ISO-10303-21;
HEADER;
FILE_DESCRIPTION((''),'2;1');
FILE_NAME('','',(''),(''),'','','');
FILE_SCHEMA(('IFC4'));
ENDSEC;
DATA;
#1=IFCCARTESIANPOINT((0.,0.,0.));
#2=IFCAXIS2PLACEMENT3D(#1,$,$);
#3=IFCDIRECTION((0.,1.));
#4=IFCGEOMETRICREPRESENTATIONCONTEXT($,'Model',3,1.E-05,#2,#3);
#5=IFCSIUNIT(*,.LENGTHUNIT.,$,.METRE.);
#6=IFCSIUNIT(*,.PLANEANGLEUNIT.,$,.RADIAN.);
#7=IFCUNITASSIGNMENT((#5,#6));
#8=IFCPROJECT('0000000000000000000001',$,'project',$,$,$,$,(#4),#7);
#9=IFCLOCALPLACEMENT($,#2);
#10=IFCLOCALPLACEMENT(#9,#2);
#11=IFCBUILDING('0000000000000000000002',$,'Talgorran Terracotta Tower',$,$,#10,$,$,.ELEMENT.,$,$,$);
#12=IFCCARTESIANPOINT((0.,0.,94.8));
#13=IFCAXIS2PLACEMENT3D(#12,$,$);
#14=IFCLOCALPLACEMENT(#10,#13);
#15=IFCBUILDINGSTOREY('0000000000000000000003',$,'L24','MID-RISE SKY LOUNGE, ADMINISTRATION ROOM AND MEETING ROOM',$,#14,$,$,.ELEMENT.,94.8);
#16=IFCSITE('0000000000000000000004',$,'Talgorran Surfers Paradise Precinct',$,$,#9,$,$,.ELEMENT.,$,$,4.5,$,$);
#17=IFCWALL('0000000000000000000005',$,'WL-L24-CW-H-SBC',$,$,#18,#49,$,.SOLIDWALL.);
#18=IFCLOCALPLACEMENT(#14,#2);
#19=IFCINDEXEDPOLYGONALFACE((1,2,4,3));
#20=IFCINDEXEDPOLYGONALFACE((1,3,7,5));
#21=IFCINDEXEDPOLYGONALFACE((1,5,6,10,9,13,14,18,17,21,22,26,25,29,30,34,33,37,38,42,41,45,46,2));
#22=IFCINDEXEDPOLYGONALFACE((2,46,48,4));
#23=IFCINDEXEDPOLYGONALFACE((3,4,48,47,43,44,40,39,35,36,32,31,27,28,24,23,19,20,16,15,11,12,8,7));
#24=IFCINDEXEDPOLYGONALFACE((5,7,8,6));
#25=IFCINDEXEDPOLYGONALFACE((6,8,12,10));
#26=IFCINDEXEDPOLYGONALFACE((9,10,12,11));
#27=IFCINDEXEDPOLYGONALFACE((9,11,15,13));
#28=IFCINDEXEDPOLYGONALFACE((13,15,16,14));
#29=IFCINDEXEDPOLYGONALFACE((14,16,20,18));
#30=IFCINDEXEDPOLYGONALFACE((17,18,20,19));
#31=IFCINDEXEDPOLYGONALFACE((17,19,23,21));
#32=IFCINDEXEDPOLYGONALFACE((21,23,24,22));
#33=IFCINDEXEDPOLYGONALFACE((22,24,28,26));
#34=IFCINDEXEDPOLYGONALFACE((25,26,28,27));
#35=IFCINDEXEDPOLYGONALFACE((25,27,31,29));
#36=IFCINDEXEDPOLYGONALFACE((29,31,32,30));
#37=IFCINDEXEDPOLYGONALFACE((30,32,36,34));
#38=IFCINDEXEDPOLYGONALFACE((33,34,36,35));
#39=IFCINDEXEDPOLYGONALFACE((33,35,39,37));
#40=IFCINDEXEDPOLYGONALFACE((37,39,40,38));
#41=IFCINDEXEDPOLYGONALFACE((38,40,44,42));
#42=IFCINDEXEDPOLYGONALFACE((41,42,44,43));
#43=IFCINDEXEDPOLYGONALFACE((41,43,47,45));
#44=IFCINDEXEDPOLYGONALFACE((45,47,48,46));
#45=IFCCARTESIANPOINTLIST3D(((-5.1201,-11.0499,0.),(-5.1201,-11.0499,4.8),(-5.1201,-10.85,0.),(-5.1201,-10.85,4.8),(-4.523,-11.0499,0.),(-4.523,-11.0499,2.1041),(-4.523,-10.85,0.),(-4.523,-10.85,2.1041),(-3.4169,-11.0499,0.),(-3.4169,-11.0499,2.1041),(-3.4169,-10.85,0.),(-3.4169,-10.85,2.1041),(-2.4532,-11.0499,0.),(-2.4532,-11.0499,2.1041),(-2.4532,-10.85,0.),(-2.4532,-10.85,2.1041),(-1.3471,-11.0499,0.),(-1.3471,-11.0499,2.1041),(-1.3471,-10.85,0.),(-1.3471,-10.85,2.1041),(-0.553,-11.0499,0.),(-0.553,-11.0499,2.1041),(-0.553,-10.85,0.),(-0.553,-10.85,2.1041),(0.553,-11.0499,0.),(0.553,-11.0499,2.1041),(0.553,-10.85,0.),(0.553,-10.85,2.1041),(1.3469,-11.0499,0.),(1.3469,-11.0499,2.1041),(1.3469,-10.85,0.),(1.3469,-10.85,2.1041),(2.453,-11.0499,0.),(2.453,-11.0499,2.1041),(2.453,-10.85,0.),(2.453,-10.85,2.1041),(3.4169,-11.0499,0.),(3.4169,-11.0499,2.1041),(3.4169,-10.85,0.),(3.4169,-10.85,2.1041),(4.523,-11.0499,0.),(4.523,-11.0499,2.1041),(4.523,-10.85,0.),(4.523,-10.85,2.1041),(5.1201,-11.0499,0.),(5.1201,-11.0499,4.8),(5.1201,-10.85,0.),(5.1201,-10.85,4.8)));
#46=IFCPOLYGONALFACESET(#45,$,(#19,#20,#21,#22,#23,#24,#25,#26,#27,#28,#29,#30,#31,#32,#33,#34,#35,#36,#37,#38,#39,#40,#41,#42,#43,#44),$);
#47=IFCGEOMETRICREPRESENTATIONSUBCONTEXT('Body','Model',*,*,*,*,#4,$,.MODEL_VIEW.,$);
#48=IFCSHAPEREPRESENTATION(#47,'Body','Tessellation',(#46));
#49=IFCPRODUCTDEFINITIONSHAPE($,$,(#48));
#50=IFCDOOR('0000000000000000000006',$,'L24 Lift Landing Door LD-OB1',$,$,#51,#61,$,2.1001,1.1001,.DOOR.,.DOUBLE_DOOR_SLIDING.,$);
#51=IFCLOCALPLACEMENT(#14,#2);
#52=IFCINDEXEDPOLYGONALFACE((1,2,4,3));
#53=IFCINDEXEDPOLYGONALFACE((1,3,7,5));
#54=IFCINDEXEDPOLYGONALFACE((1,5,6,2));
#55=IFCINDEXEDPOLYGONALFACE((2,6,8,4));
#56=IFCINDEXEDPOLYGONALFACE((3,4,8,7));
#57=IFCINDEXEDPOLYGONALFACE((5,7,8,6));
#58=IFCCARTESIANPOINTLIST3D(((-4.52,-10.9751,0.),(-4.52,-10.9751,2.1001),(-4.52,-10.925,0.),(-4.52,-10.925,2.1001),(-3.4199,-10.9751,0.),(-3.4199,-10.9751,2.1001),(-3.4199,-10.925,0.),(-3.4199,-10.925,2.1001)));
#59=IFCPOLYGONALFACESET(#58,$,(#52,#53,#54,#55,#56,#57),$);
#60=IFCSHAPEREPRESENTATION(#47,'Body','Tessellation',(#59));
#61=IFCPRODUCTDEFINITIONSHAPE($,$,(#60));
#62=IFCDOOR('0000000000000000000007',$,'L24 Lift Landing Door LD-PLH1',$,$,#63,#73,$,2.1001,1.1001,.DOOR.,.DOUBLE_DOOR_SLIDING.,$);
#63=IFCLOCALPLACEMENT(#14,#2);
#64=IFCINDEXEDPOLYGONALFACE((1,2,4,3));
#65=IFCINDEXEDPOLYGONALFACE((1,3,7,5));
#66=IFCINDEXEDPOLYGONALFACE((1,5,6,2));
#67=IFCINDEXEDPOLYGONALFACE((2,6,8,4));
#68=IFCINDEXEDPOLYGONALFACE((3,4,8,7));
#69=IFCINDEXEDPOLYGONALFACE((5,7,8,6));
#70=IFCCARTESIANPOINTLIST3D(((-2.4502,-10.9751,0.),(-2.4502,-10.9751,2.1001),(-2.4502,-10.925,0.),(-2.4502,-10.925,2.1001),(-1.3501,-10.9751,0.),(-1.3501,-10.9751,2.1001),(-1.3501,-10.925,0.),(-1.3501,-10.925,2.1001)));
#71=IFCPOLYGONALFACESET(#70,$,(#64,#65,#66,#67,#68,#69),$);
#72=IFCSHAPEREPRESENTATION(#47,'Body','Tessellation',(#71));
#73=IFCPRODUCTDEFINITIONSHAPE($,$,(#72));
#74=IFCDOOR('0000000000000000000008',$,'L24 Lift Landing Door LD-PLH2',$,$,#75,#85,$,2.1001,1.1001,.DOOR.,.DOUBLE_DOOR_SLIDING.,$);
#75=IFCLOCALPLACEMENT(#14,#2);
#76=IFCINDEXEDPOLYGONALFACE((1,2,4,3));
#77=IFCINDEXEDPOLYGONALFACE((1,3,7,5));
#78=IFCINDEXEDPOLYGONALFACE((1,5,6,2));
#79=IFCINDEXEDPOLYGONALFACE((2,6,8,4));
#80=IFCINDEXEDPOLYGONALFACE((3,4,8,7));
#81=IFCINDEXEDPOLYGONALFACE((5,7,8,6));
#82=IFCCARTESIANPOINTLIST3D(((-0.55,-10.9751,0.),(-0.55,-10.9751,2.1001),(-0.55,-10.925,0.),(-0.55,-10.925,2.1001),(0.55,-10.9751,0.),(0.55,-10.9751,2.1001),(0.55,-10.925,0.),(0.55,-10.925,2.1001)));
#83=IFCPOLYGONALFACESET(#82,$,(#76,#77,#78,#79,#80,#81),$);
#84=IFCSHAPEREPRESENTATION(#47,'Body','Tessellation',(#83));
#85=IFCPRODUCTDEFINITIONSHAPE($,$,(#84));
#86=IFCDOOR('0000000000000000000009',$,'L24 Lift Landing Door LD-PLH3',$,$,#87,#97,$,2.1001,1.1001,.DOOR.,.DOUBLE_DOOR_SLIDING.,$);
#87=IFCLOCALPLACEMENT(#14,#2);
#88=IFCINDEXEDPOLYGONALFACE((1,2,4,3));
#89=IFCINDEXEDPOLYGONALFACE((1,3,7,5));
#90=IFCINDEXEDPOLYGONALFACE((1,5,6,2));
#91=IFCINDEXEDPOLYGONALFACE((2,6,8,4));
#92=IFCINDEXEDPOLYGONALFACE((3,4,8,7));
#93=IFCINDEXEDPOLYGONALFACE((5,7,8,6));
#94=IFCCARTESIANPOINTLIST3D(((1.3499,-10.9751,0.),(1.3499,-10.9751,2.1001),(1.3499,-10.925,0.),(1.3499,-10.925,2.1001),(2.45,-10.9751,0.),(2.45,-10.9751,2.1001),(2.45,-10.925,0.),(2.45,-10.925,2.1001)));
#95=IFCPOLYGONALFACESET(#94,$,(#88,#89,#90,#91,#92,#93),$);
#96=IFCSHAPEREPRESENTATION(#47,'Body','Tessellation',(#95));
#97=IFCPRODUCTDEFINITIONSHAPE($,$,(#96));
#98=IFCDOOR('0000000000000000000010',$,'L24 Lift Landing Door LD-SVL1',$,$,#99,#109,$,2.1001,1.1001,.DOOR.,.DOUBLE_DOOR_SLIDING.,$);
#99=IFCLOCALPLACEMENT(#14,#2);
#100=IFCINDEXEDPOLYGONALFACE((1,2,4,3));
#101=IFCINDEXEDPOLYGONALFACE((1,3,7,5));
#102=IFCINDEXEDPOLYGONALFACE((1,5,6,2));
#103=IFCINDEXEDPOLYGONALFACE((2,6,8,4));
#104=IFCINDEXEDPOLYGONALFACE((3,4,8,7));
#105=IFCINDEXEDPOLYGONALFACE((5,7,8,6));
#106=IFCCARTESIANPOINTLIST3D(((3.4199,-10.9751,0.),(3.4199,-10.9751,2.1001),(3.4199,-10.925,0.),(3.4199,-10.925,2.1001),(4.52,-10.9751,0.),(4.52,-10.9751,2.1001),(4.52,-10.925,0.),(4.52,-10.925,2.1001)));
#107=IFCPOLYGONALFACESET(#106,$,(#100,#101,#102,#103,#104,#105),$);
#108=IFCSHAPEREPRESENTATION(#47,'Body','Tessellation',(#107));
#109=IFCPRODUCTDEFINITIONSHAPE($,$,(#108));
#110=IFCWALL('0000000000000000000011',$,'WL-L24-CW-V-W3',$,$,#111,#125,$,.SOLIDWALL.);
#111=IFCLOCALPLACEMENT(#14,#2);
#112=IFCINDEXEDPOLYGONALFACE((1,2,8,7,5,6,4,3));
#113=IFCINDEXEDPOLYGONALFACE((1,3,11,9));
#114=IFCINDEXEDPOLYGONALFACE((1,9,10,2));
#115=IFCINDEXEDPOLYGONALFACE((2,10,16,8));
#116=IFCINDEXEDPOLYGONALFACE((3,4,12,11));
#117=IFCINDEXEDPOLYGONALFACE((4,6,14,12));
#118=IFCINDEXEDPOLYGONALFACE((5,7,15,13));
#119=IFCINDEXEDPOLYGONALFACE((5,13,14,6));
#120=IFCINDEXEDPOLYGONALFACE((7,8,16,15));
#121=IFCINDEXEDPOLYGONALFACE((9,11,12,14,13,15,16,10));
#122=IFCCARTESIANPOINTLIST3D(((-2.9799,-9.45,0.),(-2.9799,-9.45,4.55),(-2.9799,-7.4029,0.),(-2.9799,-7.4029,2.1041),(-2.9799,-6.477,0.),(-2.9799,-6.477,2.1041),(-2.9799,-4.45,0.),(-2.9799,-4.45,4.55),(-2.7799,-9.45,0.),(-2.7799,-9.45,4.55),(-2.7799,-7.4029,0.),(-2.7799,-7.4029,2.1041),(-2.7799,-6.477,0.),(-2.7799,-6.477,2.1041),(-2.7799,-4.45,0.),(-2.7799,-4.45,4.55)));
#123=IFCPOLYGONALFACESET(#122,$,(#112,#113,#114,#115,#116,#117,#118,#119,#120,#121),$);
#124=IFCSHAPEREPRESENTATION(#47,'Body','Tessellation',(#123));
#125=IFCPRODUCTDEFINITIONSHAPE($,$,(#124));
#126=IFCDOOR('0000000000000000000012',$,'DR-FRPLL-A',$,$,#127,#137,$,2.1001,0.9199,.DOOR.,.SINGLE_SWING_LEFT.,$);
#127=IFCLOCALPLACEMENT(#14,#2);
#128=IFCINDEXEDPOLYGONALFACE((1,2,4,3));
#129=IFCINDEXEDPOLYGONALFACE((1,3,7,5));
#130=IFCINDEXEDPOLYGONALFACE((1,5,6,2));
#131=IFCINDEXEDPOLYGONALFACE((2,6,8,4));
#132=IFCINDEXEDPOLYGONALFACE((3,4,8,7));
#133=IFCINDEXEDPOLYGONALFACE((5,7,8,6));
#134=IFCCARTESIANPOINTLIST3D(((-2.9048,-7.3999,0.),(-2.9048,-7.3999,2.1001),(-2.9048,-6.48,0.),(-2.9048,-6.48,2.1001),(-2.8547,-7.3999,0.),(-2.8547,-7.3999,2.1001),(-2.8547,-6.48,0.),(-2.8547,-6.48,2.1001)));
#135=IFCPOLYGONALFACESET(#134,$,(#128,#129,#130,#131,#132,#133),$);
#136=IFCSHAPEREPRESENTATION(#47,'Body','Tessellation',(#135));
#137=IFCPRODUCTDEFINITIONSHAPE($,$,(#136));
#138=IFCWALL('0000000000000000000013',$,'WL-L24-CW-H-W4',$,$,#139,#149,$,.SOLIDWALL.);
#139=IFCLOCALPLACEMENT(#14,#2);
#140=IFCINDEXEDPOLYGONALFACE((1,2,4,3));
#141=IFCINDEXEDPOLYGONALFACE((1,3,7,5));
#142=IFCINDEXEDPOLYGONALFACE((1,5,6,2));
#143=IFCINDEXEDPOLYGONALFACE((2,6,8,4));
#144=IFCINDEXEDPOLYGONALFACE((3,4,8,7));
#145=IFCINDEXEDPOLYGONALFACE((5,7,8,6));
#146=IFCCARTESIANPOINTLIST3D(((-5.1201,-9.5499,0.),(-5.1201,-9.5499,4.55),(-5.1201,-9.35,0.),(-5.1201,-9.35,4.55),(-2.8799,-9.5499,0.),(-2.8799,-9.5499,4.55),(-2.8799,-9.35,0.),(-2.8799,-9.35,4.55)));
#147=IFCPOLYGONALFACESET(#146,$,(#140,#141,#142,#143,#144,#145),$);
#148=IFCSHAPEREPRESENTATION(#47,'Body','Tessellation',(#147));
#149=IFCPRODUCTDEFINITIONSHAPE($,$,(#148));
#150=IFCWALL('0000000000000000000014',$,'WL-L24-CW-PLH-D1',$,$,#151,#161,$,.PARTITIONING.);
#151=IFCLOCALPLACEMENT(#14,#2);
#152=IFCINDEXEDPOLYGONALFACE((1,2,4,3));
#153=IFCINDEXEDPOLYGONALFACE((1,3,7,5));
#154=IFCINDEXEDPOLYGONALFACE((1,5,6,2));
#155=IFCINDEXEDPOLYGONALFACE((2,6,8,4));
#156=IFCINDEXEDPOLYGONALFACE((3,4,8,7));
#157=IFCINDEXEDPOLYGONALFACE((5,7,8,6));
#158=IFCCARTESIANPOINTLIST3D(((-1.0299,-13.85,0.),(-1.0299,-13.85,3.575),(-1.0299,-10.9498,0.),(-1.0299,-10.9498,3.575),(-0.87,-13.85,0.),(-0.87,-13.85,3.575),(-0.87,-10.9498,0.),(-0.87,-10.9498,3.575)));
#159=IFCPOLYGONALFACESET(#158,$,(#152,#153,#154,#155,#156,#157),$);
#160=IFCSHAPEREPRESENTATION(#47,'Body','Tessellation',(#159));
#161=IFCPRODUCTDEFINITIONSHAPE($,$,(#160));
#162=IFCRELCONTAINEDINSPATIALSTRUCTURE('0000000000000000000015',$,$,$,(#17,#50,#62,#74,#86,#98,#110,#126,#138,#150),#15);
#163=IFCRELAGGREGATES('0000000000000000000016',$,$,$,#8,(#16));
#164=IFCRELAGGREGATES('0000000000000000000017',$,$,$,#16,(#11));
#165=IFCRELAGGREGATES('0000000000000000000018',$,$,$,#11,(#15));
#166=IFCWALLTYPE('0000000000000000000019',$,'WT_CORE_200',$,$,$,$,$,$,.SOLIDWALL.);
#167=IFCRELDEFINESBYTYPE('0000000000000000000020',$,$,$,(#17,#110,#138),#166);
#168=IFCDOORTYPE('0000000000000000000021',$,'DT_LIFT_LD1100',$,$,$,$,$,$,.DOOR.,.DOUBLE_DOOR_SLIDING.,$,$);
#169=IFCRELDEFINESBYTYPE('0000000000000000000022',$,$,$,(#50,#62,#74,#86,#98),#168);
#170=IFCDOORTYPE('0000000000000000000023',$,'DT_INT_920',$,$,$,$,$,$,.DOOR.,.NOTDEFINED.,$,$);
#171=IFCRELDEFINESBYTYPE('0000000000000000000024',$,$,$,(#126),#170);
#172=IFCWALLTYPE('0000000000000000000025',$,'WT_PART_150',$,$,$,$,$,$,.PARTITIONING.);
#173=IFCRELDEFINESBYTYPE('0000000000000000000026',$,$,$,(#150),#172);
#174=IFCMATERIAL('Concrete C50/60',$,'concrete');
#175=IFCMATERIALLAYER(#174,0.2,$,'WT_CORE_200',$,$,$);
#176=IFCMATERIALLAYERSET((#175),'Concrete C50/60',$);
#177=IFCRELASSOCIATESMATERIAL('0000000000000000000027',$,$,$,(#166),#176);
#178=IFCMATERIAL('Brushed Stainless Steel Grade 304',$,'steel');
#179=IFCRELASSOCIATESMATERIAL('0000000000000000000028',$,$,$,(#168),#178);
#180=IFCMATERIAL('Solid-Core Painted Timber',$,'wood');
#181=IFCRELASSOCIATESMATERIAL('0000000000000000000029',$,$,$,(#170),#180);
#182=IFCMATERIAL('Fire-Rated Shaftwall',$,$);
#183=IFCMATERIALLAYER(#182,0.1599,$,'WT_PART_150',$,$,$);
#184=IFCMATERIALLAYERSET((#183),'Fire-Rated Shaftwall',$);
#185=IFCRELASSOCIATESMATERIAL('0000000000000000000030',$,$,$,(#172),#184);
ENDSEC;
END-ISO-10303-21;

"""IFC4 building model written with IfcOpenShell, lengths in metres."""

from ifc_helpers import new_model, si_unit, direction, frame, frame_2d, origin, place, context, subcontext, project, spatial, rectangle, extrude, material, layer, layer_set, type_object, element, fill, save


model = new_model("IFC4")

# Units and contexts
model_context = context("Model", 3, precision=1e-05, world=origin(), true_north=direction((0.0, 1.0)))
body_context = subcontext(model_context, "Body", "Model", "MODEL_VIEW")
ifc_project = project(units=[si_unit("LENGTHUNIT", "METRE"), si_unit("PLANEANGLEUNIT", "RADIAN")], contexts=[model_context])

# Site, building, storey
site_placement = place(None, origin())
site = spatial("IfcSite", under=ifc_project, at=site_placement, Name="Talgorran Surfers Paradise Precinct", CompositionType="ELEMENT", RefElevation=4.5)
building_placement = place(site_placement, origin())
building = spatial("IfcBuilding", under=site, at=building_placement, Name="Talgorran Terracotta Tower", CompositionType="ELEMENT")
storey_placement = place(building_placement, frame((0.0, 0.0, 94.8)))
storey = spatial("IfcBuildingStorey", under=building, at=storey_placement, Name="L24", Description="MID-RISE SKY LOUNGE, ADMINISTRATION ROOM AND MEETING ROOM", CompositionType="ELEMENT", Elevation=94.8)

# Shared definitions
ifc_material_1 = material(Name="Concrete C50/60", Category="concrete")
ifc_layer_1 = layer(ifc_material_1, 0.2, Name="WT_CORE_200")
ifc_layer_set_1 = layer_set([ifc_layer_1], Name="Concrete C50/60")
wall_type_1 = type_object("IfcWallType", Name="WT_CORE_200", PredefinedType="SOLIDWALL", material=ifc_layer_set_1)

# Wall, openings, doors
ifc_material_2 = material(Name="Brushed Stainless Steel Grade 304", Category="steel")
door_type_1 = type_object("IfcDoorType", Name="DT_LIFT_LD1100", OperationType="DOUBLE_DOOR_SLIDING", PredefinedType="DOOR", material=ifc_material_2)
wall_1_placement = place(storey_placement, frame((-5.1201, -10.95, 0.0), z_axis=(0.0, 0.0, 1.0), x_axis=(1.0, 0.0, 0.0)))
wall_1 = element("IfcWall", 1, at=wall_1_placement, inside=storey, type_object=wall_type_1, Name="WL-L24-CW-H-SBC", PredefinedType="SOLIDWALL", context=body_context, shape_type="SweptSolid", body=[
    extrude(rectangle(XDim=10.2402, YDim=0.2, at=frame_2d((5.1201, 0.0))), origin(), (0.0, 0.0, 1.0), 4.8),
])
opening_1_placement = place(wall_1_placement, frame((0.6001, 0.0, 0.0)))
opening_1 = element("IfcOpeningElement", 2, at=opening_1_placement, cuts=wall_1, PredefinedType="OPENING", context=body_context, shape_type="SweptSolid", body=[
    extrude(rectangle(XDim=1.1061, YDim=2.1041, at=frame_2d((0.55, 1.052))), frame((0.0, 0.1099, 0.0), z_axis=(0.0, -1.0, 0.0), x_axis=(1.0, 0.0, 0.0)), (0.0, 0.0, 1.0), 0.22),
])
opening_2_placement = place(wall_1_placement, frame((2.6699, 0.0, 0.0)))
opening_2 = element("IfcOpeningElement", 3, at=opening_2_placement, cuts=wall_1, PredefinedType="OPENING", context=body_context, shape_type="SweptSolid", body=[
    extrude(rectangle(XDim=1.1061, YDim=2.1041, at=frame_2d((0.55, 1.052))), frame((0.0, 0.1099, 0.0), z_axis=(0.0, -1.0, 0.0), x_axis=(1.0, 0.0, 0.0)), (0.0, 0.0, 1.0), 0.22),
])
opening_3_placement = place(wall_1_placement, frame((4.5701, 0.0, 0.0)))
opening_3 = element("IfcOpeningElement", 4, at=opening_3_placement, cuts=wall_1, PredefinedType="OPENING", context=body_context, shape_type="SweptSolid", body=[
    extrude(rectangle(XDim=1.1061, YDim=2.1041, at=frame_2d((0.55, 1.052))), frame((0.0, 0.1099, 0.0), z_axis=(0.0, -1.0, 0.0), x_axis=(1.0, 0.0, 0.0)), (0.0, 0.0, 1.0), 0.22),
])
opening_4_placement = place(wall_1_placement, frame((6.47, 0.0, 0.0)))
opening_4 = element("IfcOpeningElement", 5, at=opening_4_placement, cuts=wall_1, PredefinedType="OPENING", context=body_context, shape_type="SweptSolid", body=[
    extrude(rectangle(XDim=1.1061, YDim=2.1041, at=frame_2d((0.55, 1.052))), frame((0.0, 0.1099, 0.0), z_axis=(0.0, -1.0, 0.0), x_axis=(1.0, 0.0, 0.0)), (0.0, 0.0, 1.0), 0.22),
])
opening_5_placement = place(wall_1_placement, frame((8.54, 0.0, 0.0)))
opening_5 = element("IfcOpeningElement", 6, at=opening_5_placement, cuts=wall_1, PredefinedType="OPENING", context=body_context, shape_type="SweptSolid", body=[
    extrude(rectangle(XDim=1.1061, YDim=2.1041, at=frame_2d((0.55, 1.052))), frame((0.0, 0.1099, 0.0), z_axis=(0.0, -1.0, 0.0), x_axis=(1.0, 0.0, 0.0)), (0.0, 0.0, 1.0), 0.22),
])
door_1_placement = place(opening_1_placement, origin())
door_1 = element("IfcDoor", 7, at=door_1_placement, inside=storey, type_object=door_type_1, Name="L24 Lift Landing Door LD-OB1", OperationType="DOUBLE_DOOR_SLIDING", OverallHeight=2.1001, OverallWidth=1.1001, PredefinedType="DOOR", context=body_context, shape_type="SweptSolid", body=[
    extrude(rectangle(XDim=1.1001, YDim=2.1001, at=frame_2d((0.55, 1.05))), frame((0.0, 0.0249, 0.0), z_axis=(0.0, -1.0, 0.0), x_axis=(1.0, 0.0, 0.0)), (0.0, 0.0, 1.0), 0.05),
])
fill(opening_1, door_1)
door_2_placement = place(opening_2_placement, origin())
door_2 = element("IfcDoor", 8, at=door_2_placement, inside=storey, type_object=door_type_1, Name="L24 Lift Landing Door LD-PLH1", OperationType="DOUBLE_DOOR_SLIDING", OverallHeight=2.1001, OverallWidth=1.1001, PredefinedType="DOOR", context=body_context, shape_type="SweptSolid", body=[
    extrude(rectangle(XDim=1.1001, YDim=2.1001, at=frame_2d((0.55, 1.05))), frame((0.0, 0.0249, 0.0), z_axis=(0.0, -1.0, 0.0), x_axis=(1.0, 0.0, 0.0)), (0.0, 0.0, 1.0), 0.05),
])
fill(opening_2, door_2)
door_3_placement = place(opening_3_placement, origin())
door_3 = element("IfcDoor", 9, at=door_3_placement, inside=storey, type_object=door_type_1, Name="L24 Lift Landing Door LD-PLH2", OperationType="DOUBLE_DOOR_SLIDING", OverallHeight=2.1001, OverallWidth=1.1001, PredefinedType="DOOR", context=body_context, shape_type="SweptSolid", body=[
    extrude(rectangle(XDim=1.1001, YDim=2.1001, at=frame_2d((0.55, 1.05))), frame((0.0, 0.0249, 0.0), z_axis=(0.0, -1.0, 0.0), x_axis=(1.0, 0.0, 0.0)), (0.0, 0.0, 1.0), 0.05),
])
fill(opening_3, door_3)
door_4_placement = place(opening_4_placement, origin())
door_4 = element("IfcDoor", 10, at=door_4_placement, inside=storey, type_object=door_type_1, Name="L24 Lift Landing Door LD-PLH3", OperationType="DOUBLE_DOOR_SLIDING", OverallHeight=2.1001, OverallWidth=1.1001, PredefinedType="DOOR", context=body_context, shape_type="SweptSolid", body=[
    extrude(rectangle(XDim=1.1001, YDim=2.1001, at=frame_2d((0.55, 1.05))), frame((0.0, 0.0249, 0.0), z_axis=(0.0, -1.0, 0.0), x_axis=(1.0, 0.0, 0.0)), (0.0, 0.0, 1.0), 0.05),
])
fill(opening_4, door_4)
door_5_placement = place(opening_5_placement, origin())
door_5 = element("IfcDoor", 11, at=door_5_placement, inside=storey, type_object=door_type_1, Name="L24 Lift Landing Door LD-SVL1", OperationType="DOUBLE_DOOR_SLIDING", OverallHeight=2.1001, OverallWidth=1.1001, PredefinedType="DOOR", context=body_context, shape_type="SweptSolid", body=[
    extrude(rectangle(XDim=1.1001, YDim=2.1001, at=frame_2d((0.55, 1.05))), frame((0.0, 0.0249, 0.0), z_axis=(0.0, -1.0, 0.0), x_axis=(1.0, 0.0, 0.0)), (0.0, 0.0, 1.0), 0.05),
])
fill(opening_5, door_5)

# Wall, opening, door
wall_2_placement = place(storey_placement, frame((-2.8799, -9.45, 0.0), z_axis=(0.0, 0.0, 1.0), x_axis=(0.0, 1.0, 0.0)))
wall_2 = element("IfcWall", 12, at=wall_2_placement, inside=storey, type_object=wall_type_1, Name="WL-L24-CW-V-W3", PredefinedType="SOLIDWALL", context=body_context, shape_type="SweptSolid", body=[
    extrude(rectangle(XDim=5.0, YDim=0.2, at=frame_2d((2.5, 0.0))), origin(), (0.0, 0.0, 1.0), 4.55),
])
opening_6_placement = place(wall_2_placement, frame((2.05, 0.0, 0.0)))
opening_6 = element("IfcOpeningElement", 13, at=opening_6_placement, cuts=wall_2, PredefinedType="OPENING", context=body_context, shape_type="SweptSolid", body=[
    extrude(rectangle(XDim=0.9259, YDim=2.1041, at=frame_2d((0.46, 1.052))), frame((0.0, 0.1099, 0.0), z_axis=(0.0, -1.0, 0.0), x_axis=(1.0, 0.0, 0.0)), (0.0, 0.0, 1.0), 0.22),
])
ifc_material_3 = material(Name="Solid-Core Painted Timber", Category="wood")
door_type_2 = type_object("IfcDoorType", Name="DT_INT_920", OperationType="NOTDEFINED", PredefinedType="DOOR", material=ifc_material_3)
door_6_placement = place(opening_6_placement, origin())
door_6 = element("IfcDoor", 14, at=door_6_placement, inside=storey, type_object=door_type_2, Name="DR-FRPLL-A", OperationType="SINGLE_SWING_LEFT", OverallHeight=2.1001, OverallWidth=0.9199, PredefinedType="DOOR", context=body_context, shape_type="SweptSolid", body=[
    extrude(rectangle(XDim=0.9199, YDim=2.1001, at=frame_2d((0.46, 1.05))), frame((0.0, 0.0249, 0.0), z_axis=(0.0, -1.0, 0.0), x_axis=(1.0, 0.0, 0.0)), (0.0, 0.0, 1.0), 0.05),
])
fill(opening_6, door_6)

# Walls
wall_3_placement = place(storey_placement, frame((-5.1201, -9.45, 0.0), z_axis=(0.0, 0.0, 1.0), x_axis=(1.0, 0.0, 0.0)))
element("IfcWall", 15, at=wall_3_placement, inside=storey, type_object=wall_type_1, Name="WL-L24-CW-H-W4", PredefinedType="SOLIDWALL", context=body_context, shape_type="SweptSolid", body=[
    extrude(rectangle(XDim=2.2402, YDim=0.2, at=frame_2d((1.1201, 0.0))), origin(), (0.0, 0.0, 1.0), 4.55),
])
ifc_material_4 = material(Name="Fire-Rated Shaftwall")
ifc_layer_2 = layer(ifc_material_4, 0.1599, Name="WT_PART_150")
ifc_layer_set_2 = layer_set([ifc_layer_2], Name="Fire-Rated Shaftwall")
wall_type_2 = type_object("IfcWallType", Name="WT_PART_150", PredefinedType="PARTITIONING", material=ifc_layer_set_2)
wall_4_placement = place(storey_placement, frame((-0.95, -13.8501, 0.0), z_axis=(0.0, 0.0, 1.0), x_axis=(0.0, 1.0, 0.0)))
element("IfcWall", 16, at=wall_4_placement, inside=storey, type_object=wall_type_2, Name="WL-L24-CW-PLH-D1", PredefinedType="PARTITIONING", context=body_context, shape_type="SweptSolid", body=[
    extrude(rectangle(XDim=2.9001, YDim=0.1599, at=frame_2d((1.4502, 0.0))), origin(), (0.0, 0.0, 1.0), 3.575),
])

save(model, "model.ifc")
